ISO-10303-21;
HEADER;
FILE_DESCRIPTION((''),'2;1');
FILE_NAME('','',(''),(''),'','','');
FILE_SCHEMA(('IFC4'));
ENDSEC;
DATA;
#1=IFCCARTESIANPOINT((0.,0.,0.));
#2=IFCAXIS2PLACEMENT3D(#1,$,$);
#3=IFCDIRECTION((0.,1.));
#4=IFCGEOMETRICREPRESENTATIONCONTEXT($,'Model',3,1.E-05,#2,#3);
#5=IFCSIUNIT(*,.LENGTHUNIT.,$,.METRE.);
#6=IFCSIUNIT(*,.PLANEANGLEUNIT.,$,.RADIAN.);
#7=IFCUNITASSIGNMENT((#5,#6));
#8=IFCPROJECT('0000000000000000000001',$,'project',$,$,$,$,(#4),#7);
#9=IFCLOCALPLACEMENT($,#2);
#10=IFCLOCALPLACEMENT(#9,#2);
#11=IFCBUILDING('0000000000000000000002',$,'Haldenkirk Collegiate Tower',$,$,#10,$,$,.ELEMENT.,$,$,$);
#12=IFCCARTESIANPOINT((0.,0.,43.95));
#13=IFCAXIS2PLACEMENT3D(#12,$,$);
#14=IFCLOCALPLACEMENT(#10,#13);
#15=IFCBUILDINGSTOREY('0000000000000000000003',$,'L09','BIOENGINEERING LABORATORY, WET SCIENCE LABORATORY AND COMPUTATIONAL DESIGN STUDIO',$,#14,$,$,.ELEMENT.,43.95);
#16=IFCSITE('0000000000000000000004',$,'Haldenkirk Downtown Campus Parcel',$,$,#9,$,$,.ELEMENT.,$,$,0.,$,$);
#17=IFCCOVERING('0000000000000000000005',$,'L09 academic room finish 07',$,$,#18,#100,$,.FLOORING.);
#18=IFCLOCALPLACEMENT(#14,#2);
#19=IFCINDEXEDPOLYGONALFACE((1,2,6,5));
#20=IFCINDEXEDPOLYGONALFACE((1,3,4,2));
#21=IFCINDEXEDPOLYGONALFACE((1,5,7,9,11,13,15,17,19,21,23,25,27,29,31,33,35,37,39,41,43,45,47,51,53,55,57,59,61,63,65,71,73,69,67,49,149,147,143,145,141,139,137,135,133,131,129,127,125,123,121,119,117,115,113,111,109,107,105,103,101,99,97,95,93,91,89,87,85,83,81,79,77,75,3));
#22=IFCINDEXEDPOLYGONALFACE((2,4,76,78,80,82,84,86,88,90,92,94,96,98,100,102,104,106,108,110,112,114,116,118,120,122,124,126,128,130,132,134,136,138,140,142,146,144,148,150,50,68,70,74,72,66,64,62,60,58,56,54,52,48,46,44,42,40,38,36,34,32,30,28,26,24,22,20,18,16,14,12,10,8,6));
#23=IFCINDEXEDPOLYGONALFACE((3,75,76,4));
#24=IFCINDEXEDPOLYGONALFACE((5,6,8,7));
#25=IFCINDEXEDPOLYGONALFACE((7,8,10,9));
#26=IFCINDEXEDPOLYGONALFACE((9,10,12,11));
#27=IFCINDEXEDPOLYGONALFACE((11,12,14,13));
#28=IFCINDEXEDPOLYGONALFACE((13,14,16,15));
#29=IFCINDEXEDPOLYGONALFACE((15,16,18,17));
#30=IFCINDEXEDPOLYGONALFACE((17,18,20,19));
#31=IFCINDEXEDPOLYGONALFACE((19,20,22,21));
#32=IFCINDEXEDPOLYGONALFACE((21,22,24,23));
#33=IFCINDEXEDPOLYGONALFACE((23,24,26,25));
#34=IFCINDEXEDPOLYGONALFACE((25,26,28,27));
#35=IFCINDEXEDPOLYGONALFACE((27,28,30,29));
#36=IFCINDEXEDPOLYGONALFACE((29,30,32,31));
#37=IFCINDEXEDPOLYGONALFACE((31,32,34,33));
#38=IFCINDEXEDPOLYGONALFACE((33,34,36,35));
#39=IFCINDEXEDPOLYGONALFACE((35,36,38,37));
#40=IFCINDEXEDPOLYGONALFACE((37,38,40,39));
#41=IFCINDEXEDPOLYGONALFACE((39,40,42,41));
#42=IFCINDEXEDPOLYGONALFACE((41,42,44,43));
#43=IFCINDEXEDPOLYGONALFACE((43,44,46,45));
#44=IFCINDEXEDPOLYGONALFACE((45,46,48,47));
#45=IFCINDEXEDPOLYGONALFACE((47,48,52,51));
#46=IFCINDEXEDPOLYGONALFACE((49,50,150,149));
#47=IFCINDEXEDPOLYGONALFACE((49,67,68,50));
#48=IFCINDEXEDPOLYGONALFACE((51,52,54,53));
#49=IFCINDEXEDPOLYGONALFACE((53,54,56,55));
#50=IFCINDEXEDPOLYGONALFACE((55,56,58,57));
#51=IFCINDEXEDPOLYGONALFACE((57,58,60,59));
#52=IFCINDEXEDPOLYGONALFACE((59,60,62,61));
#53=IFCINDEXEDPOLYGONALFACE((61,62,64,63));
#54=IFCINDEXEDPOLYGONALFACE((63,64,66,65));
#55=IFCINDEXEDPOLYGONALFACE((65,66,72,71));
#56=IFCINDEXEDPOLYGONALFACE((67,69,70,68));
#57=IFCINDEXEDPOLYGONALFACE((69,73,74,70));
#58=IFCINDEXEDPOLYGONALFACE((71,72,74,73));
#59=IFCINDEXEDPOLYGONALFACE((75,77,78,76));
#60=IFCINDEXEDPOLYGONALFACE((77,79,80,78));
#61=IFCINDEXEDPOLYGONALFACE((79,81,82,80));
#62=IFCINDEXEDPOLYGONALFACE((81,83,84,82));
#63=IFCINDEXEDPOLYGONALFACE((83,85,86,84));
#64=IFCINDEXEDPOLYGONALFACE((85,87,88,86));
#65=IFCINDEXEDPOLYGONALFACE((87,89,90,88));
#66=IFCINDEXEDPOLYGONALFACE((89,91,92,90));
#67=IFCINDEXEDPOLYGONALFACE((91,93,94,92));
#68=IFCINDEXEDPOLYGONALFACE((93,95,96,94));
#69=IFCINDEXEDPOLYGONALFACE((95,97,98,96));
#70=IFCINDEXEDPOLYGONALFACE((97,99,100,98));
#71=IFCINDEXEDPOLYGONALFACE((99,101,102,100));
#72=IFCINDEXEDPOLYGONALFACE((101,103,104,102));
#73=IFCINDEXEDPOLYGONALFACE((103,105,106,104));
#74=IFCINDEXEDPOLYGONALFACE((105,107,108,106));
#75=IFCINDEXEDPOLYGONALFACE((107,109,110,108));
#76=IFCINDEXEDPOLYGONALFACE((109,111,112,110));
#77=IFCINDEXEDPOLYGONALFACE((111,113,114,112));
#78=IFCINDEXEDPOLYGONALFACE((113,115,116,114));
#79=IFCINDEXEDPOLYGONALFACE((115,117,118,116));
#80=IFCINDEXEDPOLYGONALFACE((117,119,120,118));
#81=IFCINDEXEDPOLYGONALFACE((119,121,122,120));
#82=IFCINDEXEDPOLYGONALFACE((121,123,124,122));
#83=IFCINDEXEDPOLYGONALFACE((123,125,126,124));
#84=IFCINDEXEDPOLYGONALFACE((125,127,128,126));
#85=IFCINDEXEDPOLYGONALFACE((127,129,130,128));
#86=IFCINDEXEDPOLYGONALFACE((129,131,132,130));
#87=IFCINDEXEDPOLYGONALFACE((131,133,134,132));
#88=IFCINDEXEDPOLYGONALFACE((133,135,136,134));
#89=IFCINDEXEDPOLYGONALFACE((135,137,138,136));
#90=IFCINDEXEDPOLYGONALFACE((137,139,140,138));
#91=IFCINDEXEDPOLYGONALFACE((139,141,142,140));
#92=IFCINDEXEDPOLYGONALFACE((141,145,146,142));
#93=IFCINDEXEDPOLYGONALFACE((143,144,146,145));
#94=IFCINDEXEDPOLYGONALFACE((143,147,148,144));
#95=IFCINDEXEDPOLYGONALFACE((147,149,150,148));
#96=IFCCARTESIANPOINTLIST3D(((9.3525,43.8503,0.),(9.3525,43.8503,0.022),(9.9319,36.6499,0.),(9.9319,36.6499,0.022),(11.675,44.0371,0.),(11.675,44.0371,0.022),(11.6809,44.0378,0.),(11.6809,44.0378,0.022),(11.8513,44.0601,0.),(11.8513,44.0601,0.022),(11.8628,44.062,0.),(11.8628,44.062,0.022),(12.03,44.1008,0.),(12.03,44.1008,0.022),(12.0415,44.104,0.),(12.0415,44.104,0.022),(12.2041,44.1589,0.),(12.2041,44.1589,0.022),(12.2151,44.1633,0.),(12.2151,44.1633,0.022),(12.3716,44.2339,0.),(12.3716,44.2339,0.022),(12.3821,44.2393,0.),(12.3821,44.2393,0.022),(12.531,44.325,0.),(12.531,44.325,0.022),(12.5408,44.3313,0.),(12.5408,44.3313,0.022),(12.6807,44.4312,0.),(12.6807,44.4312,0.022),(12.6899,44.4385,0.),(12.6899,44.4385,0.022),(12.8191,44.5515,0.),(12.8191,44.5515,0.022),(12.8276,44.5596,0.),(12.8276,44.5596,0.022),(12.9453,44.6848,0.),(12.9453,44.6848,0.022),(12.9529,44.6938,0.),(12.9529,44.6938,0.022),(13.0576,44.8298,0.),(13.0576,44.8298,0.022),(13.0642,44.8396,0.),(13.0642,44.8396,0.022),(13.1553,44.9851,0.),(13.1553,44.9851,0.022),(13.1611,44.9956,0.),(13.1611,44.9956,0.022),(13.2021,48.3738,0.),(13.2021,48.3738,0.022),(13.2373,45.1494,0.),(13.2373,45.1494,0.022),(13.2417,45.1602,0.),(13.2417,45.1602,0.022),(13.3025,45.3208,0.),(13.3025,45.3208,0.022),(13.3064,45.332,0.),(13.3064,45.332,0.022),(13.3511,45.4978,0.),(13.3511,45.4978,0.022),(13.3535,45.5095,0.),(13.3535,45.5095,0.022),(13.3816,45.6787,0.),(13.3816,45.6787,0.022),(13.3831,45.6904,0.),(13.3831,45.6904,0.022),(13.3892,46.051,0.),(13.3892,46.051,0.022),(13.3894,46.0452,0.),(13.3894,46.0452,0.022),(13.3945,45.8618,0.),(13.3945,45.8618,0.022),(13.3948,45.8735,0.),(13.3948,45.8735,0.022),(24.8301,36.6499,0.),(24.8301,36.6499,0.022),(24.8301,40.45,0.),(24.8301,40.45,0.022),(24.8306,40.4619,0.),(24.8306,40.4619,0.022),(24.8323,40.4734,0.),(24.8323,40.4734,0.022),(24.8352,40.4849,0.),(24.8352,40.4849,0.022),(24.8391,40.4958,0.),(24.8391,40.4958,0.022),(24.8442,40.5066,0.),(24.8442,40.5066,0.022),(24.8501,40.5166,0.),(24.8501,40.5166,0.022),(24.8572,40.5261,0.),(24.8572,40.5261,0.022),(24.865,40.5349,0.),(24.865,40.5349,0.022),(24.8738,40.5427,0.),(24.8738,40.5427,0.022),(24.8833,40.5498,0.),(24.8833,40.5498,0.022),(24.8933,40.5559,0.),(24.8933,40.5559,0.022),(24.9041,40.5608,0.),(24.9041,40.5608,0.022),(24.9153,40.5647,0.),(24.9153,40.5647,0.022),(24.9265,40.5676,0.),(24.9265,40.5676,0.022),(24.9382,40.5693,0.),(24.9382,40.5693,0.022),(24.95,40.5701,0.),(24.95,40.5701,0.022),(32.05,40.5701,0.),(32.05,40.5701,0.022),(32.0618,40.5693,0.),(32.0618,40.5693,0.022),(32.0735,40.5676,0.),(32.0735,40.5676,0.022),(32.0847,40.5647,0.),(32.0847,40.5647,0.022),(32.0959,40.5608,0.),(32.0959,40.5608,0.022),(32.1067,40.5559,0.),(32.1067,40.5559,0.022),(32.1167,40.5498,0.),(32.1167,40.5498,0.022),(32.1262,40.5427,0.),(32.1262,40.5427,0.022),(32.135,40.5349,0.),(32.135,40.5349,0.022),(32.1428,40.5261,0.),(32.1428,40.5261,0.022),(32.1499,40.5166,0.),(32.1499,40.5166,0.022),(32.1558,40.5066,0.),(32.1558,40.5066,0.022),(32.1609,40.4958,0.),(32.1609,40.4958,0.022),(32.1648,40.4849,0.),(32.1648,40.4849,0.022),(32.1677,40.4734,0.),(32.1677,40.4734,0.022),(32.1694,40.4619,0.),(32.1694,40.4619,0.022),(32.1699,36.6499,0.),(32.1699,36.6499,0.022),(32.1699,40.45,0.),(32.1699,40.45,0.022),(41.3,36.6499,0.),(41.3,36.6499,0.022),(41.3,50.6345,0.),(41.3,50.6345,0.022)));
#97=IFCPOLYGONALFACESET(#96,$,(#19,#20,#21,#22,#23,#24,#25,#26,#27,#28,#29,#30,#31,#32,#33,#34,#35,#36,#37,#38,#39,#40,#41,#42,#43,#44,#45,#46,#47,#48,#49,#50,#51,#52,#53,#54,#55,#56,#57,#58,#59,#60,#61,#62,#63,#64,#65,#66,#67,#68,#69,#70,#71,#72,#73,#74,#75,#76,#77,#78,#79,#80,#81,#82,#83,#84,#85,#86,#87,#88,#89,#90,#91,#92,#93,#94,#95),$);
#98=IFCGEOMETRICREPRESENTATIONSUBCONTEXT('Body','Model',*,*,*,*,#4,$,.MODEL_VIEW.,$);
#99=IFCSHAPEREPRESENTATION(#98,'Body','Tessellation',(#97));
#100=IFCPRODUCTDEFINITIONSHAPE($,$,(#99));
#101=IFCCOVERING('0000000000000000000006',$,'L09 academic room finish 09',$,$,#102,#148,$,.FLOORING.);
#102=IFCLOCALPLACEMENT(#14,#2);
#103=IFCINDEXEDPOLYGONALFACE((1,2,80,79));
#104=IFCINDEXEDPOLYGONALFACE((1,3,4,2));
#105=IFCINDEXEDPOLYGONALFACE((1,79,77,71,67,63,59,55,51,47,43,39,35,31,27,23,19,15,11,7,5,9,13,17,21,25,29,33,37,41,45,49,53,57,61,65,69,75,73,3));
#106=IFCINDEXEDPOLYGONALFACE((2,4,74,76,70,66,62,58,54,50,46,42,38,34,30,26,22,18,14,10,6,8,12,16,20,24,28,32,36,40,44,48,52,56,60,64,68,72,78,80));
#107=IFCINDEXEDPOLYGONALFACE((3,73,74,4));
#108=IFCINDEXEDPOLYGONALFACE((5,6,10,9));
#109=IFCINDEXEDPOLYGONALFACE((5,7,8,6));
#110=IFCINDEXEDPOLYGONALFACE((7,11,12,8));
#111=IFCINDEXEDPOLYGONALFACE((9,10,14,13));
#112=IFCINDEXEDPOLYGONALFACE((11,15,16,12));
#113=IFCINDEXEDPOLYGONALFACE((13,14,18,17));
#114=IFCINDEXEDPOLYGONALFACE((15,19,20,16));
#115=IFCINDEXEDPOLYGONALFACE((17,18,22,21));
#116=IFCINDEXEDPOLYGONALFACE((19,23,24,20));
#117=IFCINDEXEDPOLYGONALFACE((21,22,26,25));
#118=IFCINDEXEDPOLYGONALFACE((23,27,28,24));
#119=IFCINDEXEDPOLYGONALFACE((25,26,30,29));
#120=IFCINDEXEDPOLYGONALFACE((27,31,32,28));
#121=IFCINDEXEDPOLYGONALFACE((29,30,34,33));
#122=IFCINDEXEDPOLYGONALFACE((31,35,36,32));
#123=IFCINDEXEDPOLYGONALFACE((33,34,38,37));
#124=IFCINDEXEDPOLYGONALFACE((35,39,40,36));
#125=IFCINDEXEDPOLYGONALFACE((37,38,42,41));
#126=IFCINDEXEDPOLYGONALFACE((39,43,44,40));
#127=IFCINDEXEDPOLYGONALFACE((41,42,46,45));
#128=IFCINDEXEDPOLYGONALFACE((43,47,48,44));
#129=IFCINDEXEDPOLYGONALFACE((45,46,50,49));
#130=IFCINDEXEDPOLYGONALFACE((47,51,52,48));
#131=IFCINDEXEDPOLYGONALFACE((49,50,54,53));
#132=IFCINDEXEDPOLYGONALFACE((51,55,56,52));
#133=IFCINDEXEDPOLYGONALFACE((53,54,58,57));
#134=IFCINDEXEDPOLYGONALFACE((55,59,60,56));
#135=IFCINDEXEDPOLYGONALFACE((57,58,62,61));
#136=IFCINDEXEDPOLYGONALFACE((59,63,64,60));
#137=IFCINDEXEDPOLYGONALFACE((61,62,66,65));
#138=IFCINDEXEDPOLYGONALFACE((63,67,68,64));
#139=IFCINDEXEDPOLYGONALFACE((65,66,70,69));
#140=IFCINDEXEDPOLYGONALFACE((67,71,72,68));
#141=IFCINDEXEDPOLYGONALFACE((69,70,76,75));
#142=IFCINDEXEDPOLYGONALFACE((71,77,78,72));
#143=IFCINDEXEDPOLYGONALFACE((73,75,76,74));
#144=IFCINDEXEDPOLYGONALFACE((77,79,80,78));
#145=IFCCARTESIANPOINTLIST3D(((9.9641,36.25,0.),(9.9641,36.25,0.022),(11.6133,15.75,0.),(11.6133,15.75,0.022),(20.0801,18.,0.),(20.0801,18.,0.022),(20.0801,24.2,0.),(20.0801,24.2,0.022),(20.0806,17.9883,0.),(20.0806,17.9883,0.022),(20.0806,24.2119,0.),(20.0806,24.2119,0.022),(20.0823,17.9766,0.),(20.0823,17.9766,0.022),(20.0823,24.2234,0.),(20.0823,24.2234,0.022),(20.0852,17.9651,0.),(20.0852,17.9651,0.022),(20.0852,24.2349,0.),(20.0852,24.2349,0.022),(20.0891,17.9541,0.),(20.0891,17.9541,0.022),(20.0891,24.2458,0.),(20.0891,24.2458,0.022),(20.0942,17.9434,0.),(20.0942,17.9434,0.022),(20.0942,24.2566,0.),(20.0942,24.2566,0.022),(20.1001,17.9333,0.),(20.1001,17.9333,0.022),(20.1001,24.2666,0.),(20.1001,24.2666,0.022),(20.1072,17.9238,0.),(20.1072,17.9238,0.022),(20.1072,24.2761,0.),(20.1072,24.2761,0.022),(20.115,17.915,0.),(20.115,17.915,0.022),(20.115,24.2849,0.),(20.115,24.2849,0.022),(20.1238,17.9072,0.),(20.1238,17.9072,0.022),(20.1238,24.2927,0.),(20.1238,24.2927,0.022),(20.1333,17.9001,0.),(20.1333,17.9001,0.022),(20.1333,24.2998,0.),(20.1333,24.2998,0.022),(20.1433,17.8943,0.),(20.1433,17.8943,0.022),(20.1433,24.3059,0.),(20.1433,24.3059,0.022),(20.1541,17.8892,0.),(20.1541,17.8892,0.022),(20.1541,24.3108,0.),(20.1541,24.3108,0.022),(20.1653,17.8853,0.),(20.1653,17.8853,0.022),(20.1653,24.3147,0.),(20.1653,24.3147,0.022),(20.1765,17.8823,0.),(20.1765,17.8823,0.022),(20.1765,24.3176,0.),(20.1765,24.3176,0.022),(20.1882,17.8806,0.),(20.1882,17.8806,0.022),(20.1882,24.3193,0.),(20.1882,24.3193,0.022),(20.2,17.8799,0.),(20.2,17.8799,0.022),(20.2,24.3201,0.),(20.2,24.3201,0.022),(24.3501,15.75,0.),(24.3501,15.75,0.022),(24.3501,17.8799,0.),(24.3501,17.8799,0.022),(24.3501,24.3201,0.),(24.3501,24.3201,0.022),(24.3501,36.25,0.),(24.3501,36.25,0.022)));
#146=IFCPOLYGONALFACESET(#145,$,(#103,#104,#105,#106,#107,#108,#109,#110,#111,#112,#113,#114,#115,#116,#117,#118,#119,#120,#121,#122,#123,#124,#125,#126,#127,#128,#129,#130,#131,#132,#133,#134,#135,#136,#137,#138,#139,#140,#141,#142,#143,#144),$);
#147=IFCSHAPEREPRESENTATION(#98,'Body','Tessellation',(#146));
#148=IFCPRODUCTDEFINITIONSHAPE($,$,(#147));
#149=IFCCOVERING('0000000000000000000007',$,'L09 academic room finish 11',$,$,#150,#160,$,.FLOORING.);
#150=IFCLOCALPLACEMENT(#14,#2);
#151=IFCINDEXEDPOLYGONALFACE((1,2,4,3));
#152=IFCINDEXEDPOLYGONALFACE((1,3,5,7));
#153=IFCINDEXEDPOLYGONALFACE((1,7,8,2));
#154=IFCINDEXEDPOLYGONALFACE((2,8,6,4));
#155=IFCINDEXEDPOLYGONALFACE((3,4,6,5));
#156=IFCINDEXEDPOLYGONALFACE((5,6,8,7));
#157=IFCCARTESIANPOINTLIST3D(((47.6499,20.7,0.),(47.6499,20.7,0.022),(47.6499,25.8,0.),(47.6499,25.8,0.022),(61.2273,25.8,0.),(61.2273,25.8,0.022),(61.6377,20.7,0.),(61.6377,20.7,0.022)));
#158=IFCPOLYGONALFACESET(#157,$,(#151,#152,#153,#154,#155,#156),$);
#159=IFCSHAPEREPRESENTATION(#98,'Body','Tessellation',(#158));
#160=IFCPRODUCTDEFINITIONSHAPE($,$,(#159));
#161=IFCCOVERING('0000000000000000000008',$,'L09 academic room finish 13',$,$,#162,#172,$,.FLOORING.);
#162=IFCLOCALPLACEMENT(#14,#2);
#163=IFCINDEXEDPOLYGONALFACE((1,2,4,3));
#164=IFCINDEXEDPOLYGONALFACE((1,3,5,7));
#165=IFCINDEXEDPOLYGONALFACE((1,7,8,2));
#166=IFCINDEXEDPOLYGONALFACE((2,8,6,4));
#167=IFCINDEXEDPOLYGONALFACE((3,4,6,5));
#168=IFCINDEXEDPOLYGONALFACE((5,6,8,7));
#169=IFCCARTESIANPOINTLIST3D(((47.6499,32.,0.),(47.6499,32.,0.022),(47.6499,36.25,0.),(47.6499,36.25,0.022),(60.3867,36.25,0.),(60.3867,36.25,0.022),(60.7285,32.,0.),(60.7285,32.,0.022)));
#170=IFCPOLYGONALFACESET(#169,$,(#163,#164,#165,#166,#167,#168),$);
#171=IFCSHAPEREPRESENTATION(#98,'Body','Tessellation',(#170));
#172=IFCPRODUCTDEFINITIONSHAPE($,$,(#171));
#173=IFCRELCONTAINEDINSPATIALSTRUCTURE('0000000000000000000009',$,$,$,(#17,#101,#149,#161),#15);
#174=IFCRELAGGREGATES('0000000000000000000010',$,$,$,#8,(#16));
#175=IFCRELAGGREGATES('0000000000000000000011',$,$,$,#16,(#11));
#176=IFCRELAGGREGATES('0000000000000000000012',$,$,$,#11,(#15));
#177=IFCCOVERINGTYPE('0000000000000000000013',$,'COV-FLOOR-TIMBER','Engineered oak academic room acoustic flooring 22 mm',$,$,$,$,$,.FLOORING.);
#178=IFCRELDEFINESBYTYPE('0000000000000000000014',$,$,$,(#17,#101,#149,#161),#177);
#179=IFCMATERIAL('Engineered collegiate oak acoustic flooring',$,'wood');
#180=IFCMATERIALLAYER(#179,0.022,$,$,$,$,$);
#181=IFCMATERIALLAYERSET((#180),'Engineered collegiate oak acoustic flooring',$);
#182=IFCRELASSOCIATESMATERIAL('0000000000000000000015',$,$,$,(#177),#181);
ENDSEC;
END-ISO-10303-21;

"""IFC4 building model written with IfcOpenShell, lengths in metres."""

from ifc_helpers import new_model, si_unit, direction, frame, origin, place, context, subcontext, project, spatial, polyline, outline, extrude, material, layer, layer_set, type_object, element, save


model = new_model("IFC4")

# Units and contexts
model_context = context("Model", 3, precision=1e-05, world=origin(), true_north=direction((0.0, 1.0)))
body_context = subcontext(model_context, "Body", "Model", "MODEL_VIEW")
ifc_project = project(units=[si_unit("LENGTHUNIT", "METRE"), si_unit("PLANEANGLEUNIT", "RADIAN")], contexts=[model_context])

# Site, building, storey
site_placement = place(None, origin())
site = spatial("IfcSite", under=ifc_project, at=site_placement, Name="Haldenkirk Downtown Campus Parcel", CompositionType="ELEMENT", RefElevation=0.0)
building_placement = place(site_placement, origin())
building = spatial("IfcBuilding", under=site, at=building_placement, Name="Haldenkirk Collegiate Tower", CompositionType="ELEMENT")
storey_placement = place(building_placement, frame((0.0, 0.0, 43.95)))
storey = spatial("IfcBuildingStorey", under=building, at=storey_placement, Name="L09", Description="BIOENGINEERING LABORATORY, WET SCIENCE LABORATORY AND COMPUTATIONAL DESIGN STUDIO", CompositionType="ELEMENT", Elevation=43.95)

# Coverings
ifc_material_1 = material(Name="Engineered collegiate oak acoustic flooring", Category="wood")
ifc_layer_1 = layer(ifc_material_1, 0.022)
ifc_layer_set_1 = layer_set([ifc_layer_1], Name="Engineered collegiate oak acoustic flooring")
covering_type_1 = type_object("IfcCoveringType", Name="COV-FLOOR-TIMBER", Description="Engineered oak academic room acoustic flooring 22 mm", PredefinedType="FLOORING", material=ifc_layer_set_1)
covering_1_placement = place(storey_placement, origin())
element("IfcCovering", 1, at=covering_1_placement, inside=storey, type_object=covering_type_1, Name="L09 academic room finish 07", PredefinedType="FLOORING", context=body_context, shape_type="SweptSolid", body=[
    extrude(outline(polyline([(11.675, 44.0371), (11.6809, 44.0378), (11.8513, 44.0601), (11.8628, 44.062), (12.03, 44.1008), (12.0415, 44.104), (12.2041, 44.1589), (12.2151, 44.1633), (12.3716, 44.2339), (12.3821, 44.2393), (12.531, 44.325), (12.5408, 44.3313), (12.6807, 44.4312), (12.6899, 44.4385), (12.8191, 44.5515), (12.8276, 44.5596), (12.9453, 44.6848), (12.9529, 44.6938), (13.0576, 44.8298), (13.0642, 44.8396), (13.1553, 44.9851), (13.1611, 44.9956), (13.2373, 45.1494), (13.2417, 45.1602), (13.3025, 45.3208), (13.3064, 45.332), (13.3511, 45.4978), (13.3535, 45.5095), (13.3816, 45.6787), (13.3831, 45.6904), (13.3945, 45.8618), (13.3948, 45.8735), (13.3894, 46.0452), (13.3892, 46.051), (13.2021, 48.3738), (41.3, 50.6345), (41.3, 36.6499), (32.1699, 36.6499), (32.1699, 40.45), (32.1694, 40.4619), (32.1677, 40.4734), (32.1648, 40.4849), (32.1609, 40.4958), (32.1558, 40.5066), (32.1499, 40.5166), (32.1428, 40.5261), (32.135, 40.5349), (32.1262, 40.5427), (32.1167, 40.5498), (32.1067, 40.5559), (32.0959, 40.5608), (32.0847, 40.5647), (32.0735, 40.5676), (32.0618, 40.5693), (32.05, 40.5701), (24.95, 40.5701), (24.9382, 40.5693), (24.9265, 40.5676), (24.9153, 40.5647), (24.9041, 40.5608), (24.8933, 40.5559), (24.8833, 40.5498), (24.8738, 40.5427), (24.865, 40.5349), (24.8572, 40.5261), (24.8501, 40.5166), (24.8442, 40.5066), (24.8391, 40.4958), (24.8352, 40.4849), (24.8323, 40.4734), (24.8306, 40.4619), (24.8301, 40.45), (24.8301, 36.6499), (9.9319, 36.6499), (9.3525, 43.8503), (11.675, 44.0371)])), origin(), (0.0, 0.0, 1.0), 0.022),
])
covering_2_placement = place(storey_placement, origin())
element("IfcCovering", 2, at=covering_2_placement, inside=storey, type_object=covering_type_1, Name="L09 academic room finish 09", PredefinedType="FLOORING", context=body_context, shape_type="SweptSolid", body=[
    extrude(outline(polyline([(20.2, 24.3201), (20.1882, 24.3193), (20.1765, 24.3176), (20.1653, 24.3147), (20.1541, 24.3108), (20.1433, 24.3059), (20.1333, 24.2998), (20.1238, 24.2927), (20.115, 24.2849), (20.1072, 24.2761), (20.1001, 24.2666), (20.0942, 24.2566), (20.0891, 24.2458), (20.0852, 24.2349), (20.0823, 24.2234), (20.0806, 24.2119), (20.0801, 24.2), (20.0801, 18.0), (20.0806, 17.9883), (20.0823, 17.9766), (20.0852, 17.9651), (20.0891, 17.9541), (20.0942, 17.9434), (20.1001, 17.9333), (20.1072, 17.9238), (20.115, 17.915), (20.1238, 17.9072), (20.1333, 17.9001), (20.1433, 17.8943), (20.1541, 17.8892), (20.1653, 17.8853), (20.1765, 17.8823), (20.1882, 17.8806), (20.2, 17.8799), (24.3501, 17.8799), (24.3501, 15.75), (11.6133, 15.75), (9.9641, 36.25), (24.3501, 36.25), (24.3501, 24.3201), (20.2, 24.3201)])), origin(), (0.0, 0.0, 1.0), 0.022),
])
covering_3_placement = place(storey_placement, origin())
element("IfcCovering", 3, at=covering_3_placement, inside=storey, type_object=covering_type_1, Name="L09 academic room finish 11", PredefinedType="FLOORING", context=body_context, shape_type="SweptSolid", body=[
    extrude(outline(polyline([(61.6377, 20.7), (47.6499, 20.7), (47.6499, 25.8), (61.2273, 25.8), (61.6377, 20.7)])), origin(), (0.0, 0.0, 1.0), 0.022),
])
covering_4_placement = place(storey_placement, origin())
element("IfcCovering", 4, at=covering_4_placement, inside=storey, type_object=covering_type_1, Name="L09 academic room finish 13", PredefinedType="FLOORING", context=body_context, shape_type="SweptSolid", body=[
    extrude(outline(polyline([(60.7285, 32.0), (47.6499, 32.0), (47.6499, 36.25), (60.3867, 36.25), (60.7285, 32.0)])), origin(), (0.0, 0.0, 1.0), 0.022),
])

save(model, "model.ifc")
